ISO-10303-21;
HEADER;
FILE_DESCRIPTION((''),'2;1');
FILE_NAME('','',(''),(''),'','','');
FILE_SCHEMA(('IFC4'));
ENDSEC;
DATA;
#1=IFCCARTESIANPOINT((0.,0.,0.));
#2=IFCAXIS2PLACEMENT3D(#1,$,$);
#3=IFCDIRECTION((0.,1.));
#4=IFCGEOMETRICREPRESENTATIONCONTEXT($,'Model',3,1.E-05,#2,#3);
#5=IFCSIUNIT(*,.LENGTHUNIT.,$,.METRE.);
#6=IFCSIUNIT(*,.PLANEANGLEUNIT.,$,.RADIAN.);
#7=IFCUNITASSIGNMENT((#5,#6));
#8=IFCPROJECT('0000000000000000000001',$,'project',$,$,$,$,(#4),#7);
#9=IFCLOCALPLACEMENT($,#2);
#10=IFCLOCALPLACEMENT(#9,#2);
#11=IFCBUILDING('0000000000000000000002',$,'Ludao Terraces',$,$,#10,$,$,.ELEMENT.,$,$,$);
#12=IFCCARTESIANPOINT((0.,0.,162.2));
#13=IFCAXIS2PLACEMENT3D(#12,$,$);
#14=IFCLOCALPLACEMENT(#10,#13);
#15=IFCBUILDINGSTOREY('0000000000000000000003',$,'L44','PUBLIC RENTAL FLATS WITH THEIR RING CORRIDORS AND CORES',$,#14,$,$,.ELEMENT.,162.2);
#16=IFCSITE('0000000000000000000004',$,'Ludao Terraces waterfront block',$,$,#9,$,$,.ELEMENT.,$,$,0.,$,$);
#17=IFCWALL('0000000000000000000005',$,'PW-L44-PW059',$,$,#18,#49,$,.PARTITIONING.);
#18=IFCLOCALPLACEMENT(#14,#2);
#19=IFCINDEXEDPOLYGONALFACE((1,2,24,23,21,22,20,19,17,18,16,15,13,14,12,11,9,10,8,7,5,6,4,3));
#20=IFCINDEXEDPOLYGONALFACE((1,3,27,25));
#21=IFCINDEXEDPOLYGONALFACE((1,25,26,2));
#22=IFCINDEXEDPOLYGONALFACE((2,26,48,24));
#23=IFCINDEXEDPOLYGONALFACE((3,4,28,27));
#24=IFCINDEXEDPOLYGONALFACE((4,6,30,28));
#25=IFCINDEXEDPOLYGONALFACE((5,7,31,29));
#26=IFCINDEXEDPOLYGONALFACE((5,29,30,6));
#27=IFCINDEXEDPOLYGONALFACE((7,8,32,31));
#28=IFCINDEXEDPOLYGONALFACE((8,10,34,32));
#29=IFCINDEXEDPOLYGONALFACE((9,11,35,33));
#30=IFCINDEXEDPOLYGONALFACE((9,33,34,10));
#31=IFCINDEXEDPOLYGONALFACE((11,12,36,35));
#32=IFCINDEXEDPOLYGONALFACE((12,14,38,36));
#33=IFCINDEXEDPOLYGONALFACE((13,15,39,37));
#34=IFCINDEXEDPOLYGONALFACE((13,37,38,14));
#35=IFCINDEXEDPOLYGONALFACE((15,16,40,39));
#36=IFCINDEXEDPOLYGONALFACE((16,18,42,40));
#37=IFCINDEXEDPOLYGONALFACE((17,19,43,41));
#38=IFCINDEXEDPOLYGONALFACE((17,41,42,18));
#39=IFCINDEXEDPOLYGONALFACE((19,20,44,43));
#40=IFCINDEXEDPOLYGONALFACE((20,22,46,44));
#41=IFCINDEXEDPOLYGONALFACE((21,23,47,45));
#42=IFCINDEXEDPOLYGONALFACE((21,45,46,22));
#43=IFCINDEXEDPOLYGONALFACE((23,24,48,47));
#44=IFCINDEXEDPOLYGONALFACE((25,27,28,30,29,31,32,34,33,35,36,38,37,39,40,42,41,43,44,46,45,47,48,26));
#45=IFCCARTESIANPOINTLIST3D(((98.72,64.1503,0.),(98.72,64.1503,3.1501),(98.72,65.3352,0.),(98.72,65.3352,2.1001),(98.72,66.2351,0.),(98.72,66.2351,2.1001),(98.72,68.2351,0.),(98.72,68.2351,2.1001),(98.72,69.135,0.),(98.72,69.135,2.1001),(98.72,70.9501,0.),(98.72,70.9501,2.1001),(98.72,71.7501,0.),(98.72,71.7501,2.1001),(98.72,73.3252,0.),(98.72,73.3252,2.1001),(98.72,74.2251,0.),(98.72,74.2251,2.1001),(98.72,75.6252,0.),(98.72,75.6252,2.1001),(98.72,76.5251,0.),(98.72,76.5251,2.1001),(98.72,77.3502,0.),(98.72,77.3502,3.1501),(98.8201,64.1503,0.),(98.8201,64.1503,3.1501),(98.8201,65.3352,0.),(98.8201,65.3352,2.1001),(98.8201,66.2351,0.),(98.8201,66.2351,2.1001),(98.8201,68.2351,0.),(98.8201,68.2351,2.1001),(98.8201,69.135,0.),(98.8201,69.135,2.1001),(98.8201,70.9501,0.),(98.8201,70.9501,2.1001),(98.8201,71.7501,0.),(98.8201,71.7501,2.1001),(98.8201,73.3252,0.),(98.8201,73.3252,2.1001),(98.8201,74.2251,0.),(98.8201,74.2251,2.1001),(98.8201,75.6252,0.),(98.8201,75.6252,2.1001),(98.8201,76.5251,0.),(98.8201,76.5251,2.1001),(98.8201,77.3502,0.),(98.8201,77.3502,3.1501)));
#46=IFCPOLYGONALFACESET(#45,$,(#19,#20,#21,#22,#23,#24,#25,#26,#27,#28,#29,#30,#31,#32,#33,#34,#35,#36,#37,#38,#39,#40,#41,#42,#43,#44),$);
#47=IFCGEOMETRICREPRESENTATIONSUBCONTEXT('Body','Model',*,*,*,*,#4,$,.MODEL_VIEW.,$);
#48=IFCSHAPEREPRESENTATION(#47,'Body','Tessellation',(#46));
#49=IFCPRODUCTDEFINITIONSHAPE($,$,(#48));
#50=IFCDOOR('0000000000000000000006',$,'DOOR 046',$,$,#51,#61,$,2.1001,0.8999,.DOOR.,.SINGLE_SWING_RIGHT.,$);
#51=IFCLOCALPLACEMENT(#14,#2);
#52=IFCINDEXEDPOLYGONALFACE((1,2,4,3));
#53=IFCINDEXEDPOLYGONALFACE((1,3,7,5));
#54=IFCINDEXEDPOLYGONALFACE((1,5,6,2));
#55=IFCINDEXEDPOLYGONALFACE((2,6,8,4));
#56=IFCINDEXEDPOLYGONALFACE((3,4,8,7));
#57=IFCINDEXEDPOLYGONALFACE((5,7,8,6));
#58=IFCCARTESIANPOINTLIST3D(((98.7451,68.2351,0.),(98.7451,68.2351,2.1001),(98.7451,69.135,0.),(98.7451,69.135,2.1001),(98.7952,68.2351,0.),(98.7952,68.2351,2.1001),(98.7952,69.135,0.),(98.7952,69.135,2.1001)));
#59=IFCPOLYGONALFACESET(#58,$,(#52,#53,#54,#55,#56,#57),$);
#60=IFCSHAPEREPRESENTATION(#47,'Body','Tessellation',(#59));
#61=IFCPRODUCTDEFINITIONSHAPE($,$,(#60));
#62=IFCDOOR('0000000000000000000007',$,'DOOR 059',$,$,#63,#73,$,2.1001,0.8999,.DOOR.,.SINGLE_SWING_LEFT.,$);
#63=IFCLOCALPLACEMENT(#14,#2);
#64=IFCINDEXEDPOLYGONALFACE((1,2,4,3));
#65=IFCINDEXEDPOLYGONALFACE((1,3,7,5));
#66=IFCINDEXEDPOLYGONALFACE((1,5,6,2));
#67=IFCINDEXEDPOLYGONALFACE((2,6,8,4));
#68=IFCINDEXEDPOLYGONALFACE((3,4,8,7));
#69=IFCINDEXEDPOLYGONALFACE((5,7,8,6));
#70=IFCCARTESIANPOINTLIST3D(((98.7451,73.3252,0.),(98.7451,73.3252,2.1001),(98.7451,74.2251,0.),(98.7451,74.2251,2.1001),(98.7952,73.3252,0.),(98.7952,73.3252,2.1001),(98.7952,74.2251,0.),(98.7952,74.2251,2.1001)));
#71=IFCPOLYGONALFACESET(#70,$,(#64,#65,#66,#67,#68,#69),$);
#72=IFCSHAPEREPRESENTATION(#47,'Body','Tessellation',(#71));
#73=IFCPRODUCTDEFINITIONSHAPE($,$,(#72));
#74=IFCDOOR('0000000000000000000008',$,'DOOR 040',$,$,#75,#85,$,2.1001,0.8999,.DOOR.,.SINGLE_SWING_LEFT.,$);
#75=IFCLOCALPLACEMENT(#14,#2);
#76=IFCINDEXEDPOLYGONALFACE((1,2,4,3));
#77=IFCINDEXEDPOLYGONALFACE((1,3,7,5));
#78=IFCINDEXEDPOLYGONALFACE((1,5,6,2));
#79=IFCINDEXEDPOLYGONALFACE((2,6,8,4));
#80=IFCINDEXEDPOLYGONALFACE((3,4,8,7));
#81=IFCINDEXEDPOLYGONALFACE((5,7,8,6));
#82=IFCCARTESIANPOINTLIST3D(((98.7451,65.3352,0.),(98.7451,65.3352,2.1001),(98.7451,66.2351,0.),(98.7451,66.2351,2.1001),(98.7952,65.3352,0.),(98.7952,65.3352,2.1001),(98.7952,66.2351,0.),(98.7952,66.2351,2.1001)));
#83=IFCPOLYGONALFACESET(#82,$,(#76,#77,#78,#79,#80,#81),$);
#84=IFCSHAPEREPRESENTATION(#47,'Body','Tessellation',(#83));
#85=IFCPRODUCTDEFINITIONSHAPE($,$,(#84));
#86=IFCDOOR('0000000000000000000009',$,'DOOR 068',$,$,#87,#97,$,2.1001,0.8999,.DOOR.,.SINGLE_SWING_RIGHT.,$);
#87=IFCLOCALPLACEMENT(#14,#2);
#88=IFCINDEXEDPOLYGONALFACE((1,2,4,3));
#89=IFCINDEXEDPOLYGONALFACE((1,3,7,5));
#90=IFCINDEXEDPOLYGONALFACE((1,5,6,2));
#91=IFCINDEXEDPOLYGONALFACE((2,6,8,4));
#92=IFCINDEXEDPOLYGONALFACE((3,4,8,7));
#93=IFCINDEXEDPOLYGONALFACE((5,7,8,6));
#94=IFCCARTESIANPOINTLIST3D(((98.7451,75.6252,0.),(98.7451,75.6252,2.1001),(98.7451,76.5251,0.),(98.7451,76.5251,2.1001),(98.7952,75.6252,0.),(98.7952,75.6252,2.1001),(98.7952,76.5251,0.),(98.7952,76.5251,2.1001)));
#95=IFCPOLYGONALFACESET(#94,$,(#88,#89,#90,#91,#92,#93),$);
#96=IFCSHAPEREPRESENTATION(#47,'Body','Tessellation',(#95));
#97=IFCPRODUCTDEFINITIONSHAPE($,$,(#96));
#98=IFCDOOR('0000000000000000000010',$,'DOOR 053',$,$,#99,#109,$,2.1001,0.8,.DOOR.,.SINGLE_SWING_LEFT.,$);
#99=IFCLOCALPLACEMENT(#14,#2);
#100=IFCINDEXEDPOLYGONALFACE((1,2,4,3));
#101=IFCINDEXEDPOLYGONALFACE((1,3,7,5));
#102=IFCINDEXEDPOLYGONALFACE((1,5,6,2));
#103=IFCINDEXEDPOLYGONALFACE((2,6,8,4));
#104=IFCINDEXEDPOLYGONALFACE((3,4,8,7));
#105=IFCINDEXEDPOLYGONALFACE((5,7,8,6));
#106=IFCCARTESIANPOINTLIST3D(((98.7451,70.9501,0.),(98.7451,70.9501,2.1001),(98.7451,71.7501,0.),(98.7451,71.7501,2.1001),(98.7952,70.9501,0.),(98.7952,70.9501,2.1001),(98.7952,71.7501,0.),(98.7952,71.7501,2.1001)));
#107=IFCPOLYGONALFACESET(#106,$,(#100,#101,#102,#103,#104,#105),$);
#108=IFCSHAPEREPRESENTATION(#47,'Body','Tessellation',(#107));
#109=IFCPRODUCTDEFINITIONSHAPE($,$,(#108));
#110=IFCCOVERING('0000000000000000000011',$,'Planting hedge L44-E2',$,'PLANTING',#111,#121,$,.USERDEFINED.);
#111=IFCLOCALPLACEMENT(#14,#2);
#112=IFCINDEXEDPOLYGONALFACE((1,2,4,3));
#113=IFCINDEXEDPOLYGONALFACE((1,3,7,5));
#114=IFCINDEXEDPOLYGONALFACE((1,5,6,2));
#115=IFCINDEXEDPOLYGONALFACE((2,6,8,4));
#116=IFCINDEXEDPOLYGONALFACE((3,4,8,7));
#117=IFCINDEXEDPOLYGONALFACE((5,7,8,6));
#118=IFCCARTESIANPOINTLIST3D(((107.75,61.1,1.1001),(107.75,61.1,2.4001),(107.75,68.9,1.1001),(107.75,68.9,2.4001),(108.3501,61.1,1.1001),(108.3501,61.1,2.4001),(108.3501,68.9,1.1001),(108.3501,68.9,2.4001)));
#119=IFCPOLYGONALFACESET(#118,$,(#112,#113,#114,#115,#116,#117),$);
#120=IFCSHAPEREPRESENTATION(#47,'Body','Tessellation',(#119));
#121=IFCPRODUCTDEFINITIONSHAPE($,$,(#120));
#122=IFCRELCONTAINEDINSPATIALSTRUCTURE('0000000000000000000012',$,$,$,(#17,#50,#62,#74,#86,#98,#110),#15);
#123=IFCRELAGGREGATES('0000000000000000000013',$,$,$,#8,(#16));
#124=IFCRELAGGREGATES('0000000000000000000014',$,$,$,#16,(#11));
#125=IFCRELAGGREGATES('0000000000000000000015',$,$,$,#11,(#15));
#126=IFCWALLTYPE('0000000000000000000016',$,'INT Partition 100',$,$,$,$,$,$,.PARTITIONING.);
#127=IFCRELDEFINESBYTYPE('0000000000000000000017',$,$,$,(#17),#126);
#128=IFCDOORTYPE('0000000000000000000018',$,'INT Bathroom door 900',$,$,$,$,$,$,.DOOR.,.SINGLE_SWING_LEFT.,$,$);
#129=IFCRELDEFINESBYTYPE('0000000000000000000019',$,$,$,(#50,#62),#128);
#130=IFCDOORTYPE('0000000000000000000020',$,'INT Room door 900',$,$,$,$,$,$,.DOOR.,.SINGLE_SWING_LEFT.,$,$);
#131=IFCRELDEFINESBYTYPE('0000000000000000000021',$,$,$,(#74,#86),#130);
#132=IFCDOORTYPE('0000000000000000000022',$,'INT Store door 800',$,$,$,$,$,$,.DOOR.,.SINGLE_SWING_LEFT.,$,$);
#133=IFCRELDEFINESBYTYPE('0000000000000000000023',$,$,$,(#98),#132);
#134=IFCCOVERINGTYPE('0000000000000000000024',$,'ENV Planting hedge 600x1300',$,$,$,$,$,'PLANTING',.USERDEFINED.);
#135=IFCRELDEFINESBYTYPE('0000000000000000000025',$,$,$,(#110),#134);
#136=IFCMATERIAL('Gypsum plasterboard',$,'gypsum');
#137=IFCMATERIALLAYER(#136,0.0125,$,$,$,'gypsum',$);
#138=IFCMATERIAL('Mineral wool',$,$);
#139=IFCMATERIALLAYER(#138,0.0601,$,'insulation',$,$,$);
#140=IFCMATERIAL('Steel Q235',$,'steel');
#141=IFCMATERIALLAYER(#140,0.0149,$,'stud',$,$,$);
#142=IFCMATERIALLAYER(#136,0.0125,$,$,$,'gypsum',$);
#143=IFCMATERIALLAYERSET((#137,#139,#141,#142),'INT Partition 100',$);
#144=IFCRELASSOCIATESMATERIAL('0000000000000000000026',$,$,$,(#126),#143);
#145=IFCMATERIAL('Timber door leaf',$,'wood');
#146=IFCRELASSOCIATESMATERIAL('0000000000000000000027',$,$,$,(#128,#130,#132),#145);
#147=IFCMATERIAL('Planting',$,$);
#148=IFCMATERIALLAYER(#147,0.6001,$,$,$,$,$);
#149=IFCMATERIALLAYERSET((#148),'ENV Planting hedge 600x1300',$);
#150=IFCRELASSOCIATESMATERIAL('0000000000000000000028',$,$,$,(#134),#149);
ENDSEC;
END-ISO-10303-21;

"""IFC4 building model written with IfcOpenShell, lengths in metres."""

from ifc_helpers import new_model, si_unit, direction, frame, frame_2d, origin, origin_2d, place, context, subcontext, project, spatial, rectangle, extrude, material, layer, layer_set, type_object, element, fill, save


model = new_model("IFC4")

# Units and contexts
model_context = context("Model", 3, precision=1e-05, world=origin(), true_north=direction((0.0, 1.0)))
body_context = subcontext(model_context, "Body", "Model", "MODEL_VIEW")
ifc_project = project(units=[si_unit("LENGTHUNIT", "METRE"), si_unit("PLANEANGLEUNIT", "RADIAN")], contexts=[model_context])

# Site, building, storey
site_placement = place(None, origin())
site = spatial("IfcSite", under=ifc_project, at=site_placement, Name="Ludao Terraces waterfront block", CompositionType="ELEMENT", RefElevation=0.0)
building_placement = place(site_placement, origin())
building = spatial("IfcBuilding", under=site, at=building_placement, Name="Ludao Terraces", CompositionType="ELEMENT")
storey_placement = place(building_placement, frame((0.0, 0.0, 162.2)))
storey = spatial("IfcBuildingStorey", under=building, at=storey_placement, Name="L44", Description="PUBLIC RENTAL FLATS WITH THEIR RING CORRIDORS AND CORES", CompositionType="ELEMENT", Elevation=162.2)

# Shared definitions
ifc_material_1 = material(Name="Mineral wool")

# Wall, openings, doors
ifc_material_2 = material(Name="Gypsum plasterboard", Category="gypsum")
ifc_layer_1 = layer(ifc_material_2, 0.0125, Category="gypsum")
ifc_layer_2 = layer(ifc_material_1, 0.0601, Name="insulation")
ifc_material_3 = material(Name="Steel Q235", Category="steel")
ifc_layer_3 = layer(ifc_material_3, 0.0149, Name="stud")
ifc_layer_4 = layer(ifc_material_2, 0.0125, Category="gypsum")
ifc_layer_set_1 = layer_set([ifc_layer_1, ifc_layer_2, ifc_layer_3, ifc_layer_4], Name="INT Partition 100")
wall_type_1 = type_object("IfcWallType", Name="INT Partition 100", PredefinedType="PARTITIONING", material=ifc_layer_set_1)
wall_1_placement = place(storey_placement, frame((98.77, 64.1501, 0.0), z_axis=(0.0, 0.0, 1.0), x_axis=(0.0, 1.0, 0.0)))
wall_1 = element("IfcWall", 1, at=wall_1_placement, inside=storey, type_object=wall_type_1, Name="PW-L44-PW059", PredefinedType="PARTITIONING", context=body_context, shape_type="SweptSolid", body=[
    extrude(rectangle(XDim=13.2, YDim=0.1001, at=frame_2d((6.6001, 0.0))), origin(), (0.0, 0.0, 1.0), 3.1501),
])
opening_1_placement = place(wall_1_placement, frame((1.1851, 0.0, 0.0)))
opening_1 = element("IfcOpeningElement", 2, at=opening_1_placement, cuts=wall_1, PredefinedType="OPENING", context=body_context, shape_type="SweptSolid", body=[
    extrude(rectangle(XDim=0.8999, YDim=2.1001, at=frame_2d((0.45, 1.05))), frame((0.0, 0.0601, 0.0), z_axis=(0.0, -1.0, 0.0), x_axis=(1.0, 0.0, 0.0)), (0.0, 0.0, 1.0), 0.1201),
])
opening_2_placement = place(wall_1_placement, frame((4.085, 0.0, 0.0)))
opening_2 = element("IfcOpeningElement", 3, at=opening_2_placement, cuts=wall_1, PredefinedType="OPENING", context=body_context, shape_type="SweptSolid", body=[
    extrude(rectangle(XDim=0.8999, YDim=2.1001, at=frame_2d((0.45, 1.05))), frame((0.0, 0.0601, 0.0), z_axis=(0.0, -1.0, 0.0), x_axis=(1.0, 0.0, 0.0)), (0.0, 0.0, 1.0), 0.1201),
])
opening_3_placement = place(wall_1_placement, frame((6.8, 0.0, 0.0)))
opening_3 = element("IfcOpeningElement", 4, at=opening_3_placement, cuts=wall_1, PredefinedType="OPENING", context=body_context, shape_type="SweptSolid", body=[
    extrude(rectangle(XDim=0.8, YDim=2.1001, at=frame_2d((0.3999, 1.05))), frame((0.0, 0.0601, 0.0), z_axis=(0.0, -1.0, 0.0), x_axis=(1.0, 0.0, 0.0)), (0.0, 0.0, 1.0), 0.1201),
])
opening_4_placement = place(wall_1_placement, frame((9.175, 0.0, 0.0)))
opening_4 = element("IfcOpeningElement", 5, at=opening_4_placement, cuts=wall_1, PredefinedType="OPENING", context=body_context, shape_type="SweptSolid", body=[
    extrude(rectangle(XDim=0.8999, YDim=2.1001, at=frame_2d((0.45, 1.05))), frame((0.0, 0.0601, 0.0), z_axis=(0.0, -1.0, 0.0), x_axis=(1.0, 0.0, 0.0)), (0.0, 0.0, 1.0), 0.1201),
])
opening_5_placement = place(wall_1_placement, frame((11.4751, 0.0, 0.0)))
opening_5 = element("IfcOpeningElement", 6, at=opening_5_placement, cuts=wall_1, PredefinedType="OPENING", context=body_context, shape_type="SweptSolid", body=[
    extrude(rectangle(XDim=0.8999, YDim=2.1001, at=frame_2d((0.45, 1.05))), frame((0.0, 0.0601, 0.0), z_axis=(0.0, -1.0, 0.0), x_axis=(1.0, 0.0, 0.0)), (0.0, 0.0, 1.0), 0.1201),
])
ifc_material_4 = material(Name="Timber door leaf", Category="wood")
door_type_1 = type_object("IfcDoorType", Name="INT Bathroom door 900", OperationType="SINGLE_SWING_LEFT", PredefinedType="DOOR", material=ifc_material_4)
door_1_placement = place(opening_2_placement, origin())
door_1 = element("IfcDoor", 7, at=door_1_placement, inside=storey, type_object=door_type_1, Name="DOOR 046", OperationType="SINGLE_SWING_RIGHT", OverallHeight=2.1001, OverallWidth=0.8999, PredefinedType="DOOR", context=body_context, shape_type="SweptSolid", body=[
    extrude(rectangle(XDim=0.8999, YDim=2.1001, at=frame_2d((0.45, 1.05))), frame((0.0, 0.0249, 0.0), z_axis=(0.0, -1.0, 0.0), x_axis=(1.0, 0.0, 0.0)), (0.0, 0.0, 1.0), 0.05),
])
fill(opening_2, door_1)
door_2_placement = place(opening_4_placement, origin())
door_2 = element("IfcDoor", 8, at=door_2_placement, inside=storey, type_object=door_type_1, Name="DOOR 059", OperationType="SINGLE_SWING_LEFT", OverallHeight=2.1001, OverallWidth=0.8999, PredefinedType="DOOR", context=body_context, shape_type="SweptSolid", body=[
    extrude(rectangle(XDim=0.8999, YDim=2.1001, at=frame_2d((0.45, 1.05))), frame((0.0, 0.0249, 0.0), z_axis=(0.0, -1.0, 0.0), x_axis=(1.0, 0.0, 0.0)), (0.0, 0.0, 1.0), 0.05),
])
fill(opening_4, door_2)
door_type_2 = type_object("IfcDoorType", Name="INT Room door 900", OperationType="SINGLE_SWING_LEFT", PredefinedType="DOOR", material=ifc_material_4)
door_3_placement = place(opening_1_placement, origin())
door_3 = element("IfcDoor", 9, at=door_3_placement, inside=storey, type_object=door_type_2, Name="DOOR 040", OperationType="SINGLE_SWING_LEFT", OverallHeight=2.1001, OverallWidth=0.8999, PredefinedType="DOOR", context=body_context, shape_type="SweptSolid", body=[
    extrude(rectangle(XDim=0.8999, YDim=2.1001, at=frame_2d((0.45, 1.05))), frame((0.0, 0.0249, 0.0), z_axis=(0.0, -1.0, 0.0), x_axis=(1.0, 0.0, 0.0)), (0.0, 0.0, 1.0), 0.05),
])
fill(opening_1, door_3)
door_4_placement = place(opening_5_placement, origin())
door_4 = element("IfcDoor", 10, at=door_4_placement, inside=storey, type_object=door_type_2, Name="DOOR 068", OperationType="SINGLE_SWING_RIGHT", OverallHeight=2.1001, OverallWidth=0.8999, PredefinedType="DOOR", context=body_context, shape_type="SweptSolid", body=[
    extrude(rectangle(XDim=0.8999, YDim=2.1001, at=frame_2d((0.45, 1.05))), frame((0.0, 0.0249, 0.0), z_axis=(0.0, -1.0, 0.0), x_axis=(1.0, 0.0, 0.0)), (0.0, 0.0, 1.0), 0.05),
])
fill(opening_5, door_4)
door_type_3 = type_object("IfcDoorType", Name="INT Store door 800", OperationType="SINGLE_SWING_LEFT", PredefinedType="DOOR", material=ifc_material_4)
door_5_placement = place(opening_3_placement, origin())
door_5 = element("IfcDoor", 11, at=door_5_placement, inside=storey, type_object=door_type_3, Name="DOOR 053", OperationType="SINGLE_SWING_LEFT", OverallHeight=2.1001, OverallWidth=0.8, PredefinedType="DOOR", context=body_context, shape_type="SweptSolid", body=[
    extrude(rectangle(XDim=0.8, YDim=2.1001, at=frame_2d((0.3999, 1.05))), frame((0.0, 0.0249, 0.0), z_axis=(0.0, -1.0, 0.0), x_axis=(1.0, 0.0, 0.0)), (0.0, 0.0, 1.0), 0.05),
])
fill(opening_3, door_5)

# Covering
ifc_material_5 = material(Name="Planting")
ifc_layer_5 = layer(ifc_material_5, 0.6001)
ifc_layer_set_2 = layer_set([ifc_layer_5], Name="ENV Planting hedge 600x1300")
covering_type = type_object("IfcCoveringType", Name="ENV Planting hedge 600x1300", ElementType="PLANTING", PredefinedType="USERDEFINED", material=ifc_layer_set_2)
covering_placement = place(storey_placement, frame((108.05, 65.0, 1.1001), z_axis=(0.0, 0.0, 1.0), x_axis=(1.0, 0.0, 0.0)))
element("IfcCovering", 12, at=covering_placement, inside=storey, type_object=covering_type, Name="Planting hedge L44-E2", ObjectType="PLANTING", PredefinedType="USERDEFINED", context=body_context, shape_type="SweptSolid", body=[
    extrude(rectangle(XDim=0.6001, YDim=7.8, at=origin_2d()), origin(), (0.0, 0.0, 1.0), 1.3),
])

save(model, "model.ifc")
